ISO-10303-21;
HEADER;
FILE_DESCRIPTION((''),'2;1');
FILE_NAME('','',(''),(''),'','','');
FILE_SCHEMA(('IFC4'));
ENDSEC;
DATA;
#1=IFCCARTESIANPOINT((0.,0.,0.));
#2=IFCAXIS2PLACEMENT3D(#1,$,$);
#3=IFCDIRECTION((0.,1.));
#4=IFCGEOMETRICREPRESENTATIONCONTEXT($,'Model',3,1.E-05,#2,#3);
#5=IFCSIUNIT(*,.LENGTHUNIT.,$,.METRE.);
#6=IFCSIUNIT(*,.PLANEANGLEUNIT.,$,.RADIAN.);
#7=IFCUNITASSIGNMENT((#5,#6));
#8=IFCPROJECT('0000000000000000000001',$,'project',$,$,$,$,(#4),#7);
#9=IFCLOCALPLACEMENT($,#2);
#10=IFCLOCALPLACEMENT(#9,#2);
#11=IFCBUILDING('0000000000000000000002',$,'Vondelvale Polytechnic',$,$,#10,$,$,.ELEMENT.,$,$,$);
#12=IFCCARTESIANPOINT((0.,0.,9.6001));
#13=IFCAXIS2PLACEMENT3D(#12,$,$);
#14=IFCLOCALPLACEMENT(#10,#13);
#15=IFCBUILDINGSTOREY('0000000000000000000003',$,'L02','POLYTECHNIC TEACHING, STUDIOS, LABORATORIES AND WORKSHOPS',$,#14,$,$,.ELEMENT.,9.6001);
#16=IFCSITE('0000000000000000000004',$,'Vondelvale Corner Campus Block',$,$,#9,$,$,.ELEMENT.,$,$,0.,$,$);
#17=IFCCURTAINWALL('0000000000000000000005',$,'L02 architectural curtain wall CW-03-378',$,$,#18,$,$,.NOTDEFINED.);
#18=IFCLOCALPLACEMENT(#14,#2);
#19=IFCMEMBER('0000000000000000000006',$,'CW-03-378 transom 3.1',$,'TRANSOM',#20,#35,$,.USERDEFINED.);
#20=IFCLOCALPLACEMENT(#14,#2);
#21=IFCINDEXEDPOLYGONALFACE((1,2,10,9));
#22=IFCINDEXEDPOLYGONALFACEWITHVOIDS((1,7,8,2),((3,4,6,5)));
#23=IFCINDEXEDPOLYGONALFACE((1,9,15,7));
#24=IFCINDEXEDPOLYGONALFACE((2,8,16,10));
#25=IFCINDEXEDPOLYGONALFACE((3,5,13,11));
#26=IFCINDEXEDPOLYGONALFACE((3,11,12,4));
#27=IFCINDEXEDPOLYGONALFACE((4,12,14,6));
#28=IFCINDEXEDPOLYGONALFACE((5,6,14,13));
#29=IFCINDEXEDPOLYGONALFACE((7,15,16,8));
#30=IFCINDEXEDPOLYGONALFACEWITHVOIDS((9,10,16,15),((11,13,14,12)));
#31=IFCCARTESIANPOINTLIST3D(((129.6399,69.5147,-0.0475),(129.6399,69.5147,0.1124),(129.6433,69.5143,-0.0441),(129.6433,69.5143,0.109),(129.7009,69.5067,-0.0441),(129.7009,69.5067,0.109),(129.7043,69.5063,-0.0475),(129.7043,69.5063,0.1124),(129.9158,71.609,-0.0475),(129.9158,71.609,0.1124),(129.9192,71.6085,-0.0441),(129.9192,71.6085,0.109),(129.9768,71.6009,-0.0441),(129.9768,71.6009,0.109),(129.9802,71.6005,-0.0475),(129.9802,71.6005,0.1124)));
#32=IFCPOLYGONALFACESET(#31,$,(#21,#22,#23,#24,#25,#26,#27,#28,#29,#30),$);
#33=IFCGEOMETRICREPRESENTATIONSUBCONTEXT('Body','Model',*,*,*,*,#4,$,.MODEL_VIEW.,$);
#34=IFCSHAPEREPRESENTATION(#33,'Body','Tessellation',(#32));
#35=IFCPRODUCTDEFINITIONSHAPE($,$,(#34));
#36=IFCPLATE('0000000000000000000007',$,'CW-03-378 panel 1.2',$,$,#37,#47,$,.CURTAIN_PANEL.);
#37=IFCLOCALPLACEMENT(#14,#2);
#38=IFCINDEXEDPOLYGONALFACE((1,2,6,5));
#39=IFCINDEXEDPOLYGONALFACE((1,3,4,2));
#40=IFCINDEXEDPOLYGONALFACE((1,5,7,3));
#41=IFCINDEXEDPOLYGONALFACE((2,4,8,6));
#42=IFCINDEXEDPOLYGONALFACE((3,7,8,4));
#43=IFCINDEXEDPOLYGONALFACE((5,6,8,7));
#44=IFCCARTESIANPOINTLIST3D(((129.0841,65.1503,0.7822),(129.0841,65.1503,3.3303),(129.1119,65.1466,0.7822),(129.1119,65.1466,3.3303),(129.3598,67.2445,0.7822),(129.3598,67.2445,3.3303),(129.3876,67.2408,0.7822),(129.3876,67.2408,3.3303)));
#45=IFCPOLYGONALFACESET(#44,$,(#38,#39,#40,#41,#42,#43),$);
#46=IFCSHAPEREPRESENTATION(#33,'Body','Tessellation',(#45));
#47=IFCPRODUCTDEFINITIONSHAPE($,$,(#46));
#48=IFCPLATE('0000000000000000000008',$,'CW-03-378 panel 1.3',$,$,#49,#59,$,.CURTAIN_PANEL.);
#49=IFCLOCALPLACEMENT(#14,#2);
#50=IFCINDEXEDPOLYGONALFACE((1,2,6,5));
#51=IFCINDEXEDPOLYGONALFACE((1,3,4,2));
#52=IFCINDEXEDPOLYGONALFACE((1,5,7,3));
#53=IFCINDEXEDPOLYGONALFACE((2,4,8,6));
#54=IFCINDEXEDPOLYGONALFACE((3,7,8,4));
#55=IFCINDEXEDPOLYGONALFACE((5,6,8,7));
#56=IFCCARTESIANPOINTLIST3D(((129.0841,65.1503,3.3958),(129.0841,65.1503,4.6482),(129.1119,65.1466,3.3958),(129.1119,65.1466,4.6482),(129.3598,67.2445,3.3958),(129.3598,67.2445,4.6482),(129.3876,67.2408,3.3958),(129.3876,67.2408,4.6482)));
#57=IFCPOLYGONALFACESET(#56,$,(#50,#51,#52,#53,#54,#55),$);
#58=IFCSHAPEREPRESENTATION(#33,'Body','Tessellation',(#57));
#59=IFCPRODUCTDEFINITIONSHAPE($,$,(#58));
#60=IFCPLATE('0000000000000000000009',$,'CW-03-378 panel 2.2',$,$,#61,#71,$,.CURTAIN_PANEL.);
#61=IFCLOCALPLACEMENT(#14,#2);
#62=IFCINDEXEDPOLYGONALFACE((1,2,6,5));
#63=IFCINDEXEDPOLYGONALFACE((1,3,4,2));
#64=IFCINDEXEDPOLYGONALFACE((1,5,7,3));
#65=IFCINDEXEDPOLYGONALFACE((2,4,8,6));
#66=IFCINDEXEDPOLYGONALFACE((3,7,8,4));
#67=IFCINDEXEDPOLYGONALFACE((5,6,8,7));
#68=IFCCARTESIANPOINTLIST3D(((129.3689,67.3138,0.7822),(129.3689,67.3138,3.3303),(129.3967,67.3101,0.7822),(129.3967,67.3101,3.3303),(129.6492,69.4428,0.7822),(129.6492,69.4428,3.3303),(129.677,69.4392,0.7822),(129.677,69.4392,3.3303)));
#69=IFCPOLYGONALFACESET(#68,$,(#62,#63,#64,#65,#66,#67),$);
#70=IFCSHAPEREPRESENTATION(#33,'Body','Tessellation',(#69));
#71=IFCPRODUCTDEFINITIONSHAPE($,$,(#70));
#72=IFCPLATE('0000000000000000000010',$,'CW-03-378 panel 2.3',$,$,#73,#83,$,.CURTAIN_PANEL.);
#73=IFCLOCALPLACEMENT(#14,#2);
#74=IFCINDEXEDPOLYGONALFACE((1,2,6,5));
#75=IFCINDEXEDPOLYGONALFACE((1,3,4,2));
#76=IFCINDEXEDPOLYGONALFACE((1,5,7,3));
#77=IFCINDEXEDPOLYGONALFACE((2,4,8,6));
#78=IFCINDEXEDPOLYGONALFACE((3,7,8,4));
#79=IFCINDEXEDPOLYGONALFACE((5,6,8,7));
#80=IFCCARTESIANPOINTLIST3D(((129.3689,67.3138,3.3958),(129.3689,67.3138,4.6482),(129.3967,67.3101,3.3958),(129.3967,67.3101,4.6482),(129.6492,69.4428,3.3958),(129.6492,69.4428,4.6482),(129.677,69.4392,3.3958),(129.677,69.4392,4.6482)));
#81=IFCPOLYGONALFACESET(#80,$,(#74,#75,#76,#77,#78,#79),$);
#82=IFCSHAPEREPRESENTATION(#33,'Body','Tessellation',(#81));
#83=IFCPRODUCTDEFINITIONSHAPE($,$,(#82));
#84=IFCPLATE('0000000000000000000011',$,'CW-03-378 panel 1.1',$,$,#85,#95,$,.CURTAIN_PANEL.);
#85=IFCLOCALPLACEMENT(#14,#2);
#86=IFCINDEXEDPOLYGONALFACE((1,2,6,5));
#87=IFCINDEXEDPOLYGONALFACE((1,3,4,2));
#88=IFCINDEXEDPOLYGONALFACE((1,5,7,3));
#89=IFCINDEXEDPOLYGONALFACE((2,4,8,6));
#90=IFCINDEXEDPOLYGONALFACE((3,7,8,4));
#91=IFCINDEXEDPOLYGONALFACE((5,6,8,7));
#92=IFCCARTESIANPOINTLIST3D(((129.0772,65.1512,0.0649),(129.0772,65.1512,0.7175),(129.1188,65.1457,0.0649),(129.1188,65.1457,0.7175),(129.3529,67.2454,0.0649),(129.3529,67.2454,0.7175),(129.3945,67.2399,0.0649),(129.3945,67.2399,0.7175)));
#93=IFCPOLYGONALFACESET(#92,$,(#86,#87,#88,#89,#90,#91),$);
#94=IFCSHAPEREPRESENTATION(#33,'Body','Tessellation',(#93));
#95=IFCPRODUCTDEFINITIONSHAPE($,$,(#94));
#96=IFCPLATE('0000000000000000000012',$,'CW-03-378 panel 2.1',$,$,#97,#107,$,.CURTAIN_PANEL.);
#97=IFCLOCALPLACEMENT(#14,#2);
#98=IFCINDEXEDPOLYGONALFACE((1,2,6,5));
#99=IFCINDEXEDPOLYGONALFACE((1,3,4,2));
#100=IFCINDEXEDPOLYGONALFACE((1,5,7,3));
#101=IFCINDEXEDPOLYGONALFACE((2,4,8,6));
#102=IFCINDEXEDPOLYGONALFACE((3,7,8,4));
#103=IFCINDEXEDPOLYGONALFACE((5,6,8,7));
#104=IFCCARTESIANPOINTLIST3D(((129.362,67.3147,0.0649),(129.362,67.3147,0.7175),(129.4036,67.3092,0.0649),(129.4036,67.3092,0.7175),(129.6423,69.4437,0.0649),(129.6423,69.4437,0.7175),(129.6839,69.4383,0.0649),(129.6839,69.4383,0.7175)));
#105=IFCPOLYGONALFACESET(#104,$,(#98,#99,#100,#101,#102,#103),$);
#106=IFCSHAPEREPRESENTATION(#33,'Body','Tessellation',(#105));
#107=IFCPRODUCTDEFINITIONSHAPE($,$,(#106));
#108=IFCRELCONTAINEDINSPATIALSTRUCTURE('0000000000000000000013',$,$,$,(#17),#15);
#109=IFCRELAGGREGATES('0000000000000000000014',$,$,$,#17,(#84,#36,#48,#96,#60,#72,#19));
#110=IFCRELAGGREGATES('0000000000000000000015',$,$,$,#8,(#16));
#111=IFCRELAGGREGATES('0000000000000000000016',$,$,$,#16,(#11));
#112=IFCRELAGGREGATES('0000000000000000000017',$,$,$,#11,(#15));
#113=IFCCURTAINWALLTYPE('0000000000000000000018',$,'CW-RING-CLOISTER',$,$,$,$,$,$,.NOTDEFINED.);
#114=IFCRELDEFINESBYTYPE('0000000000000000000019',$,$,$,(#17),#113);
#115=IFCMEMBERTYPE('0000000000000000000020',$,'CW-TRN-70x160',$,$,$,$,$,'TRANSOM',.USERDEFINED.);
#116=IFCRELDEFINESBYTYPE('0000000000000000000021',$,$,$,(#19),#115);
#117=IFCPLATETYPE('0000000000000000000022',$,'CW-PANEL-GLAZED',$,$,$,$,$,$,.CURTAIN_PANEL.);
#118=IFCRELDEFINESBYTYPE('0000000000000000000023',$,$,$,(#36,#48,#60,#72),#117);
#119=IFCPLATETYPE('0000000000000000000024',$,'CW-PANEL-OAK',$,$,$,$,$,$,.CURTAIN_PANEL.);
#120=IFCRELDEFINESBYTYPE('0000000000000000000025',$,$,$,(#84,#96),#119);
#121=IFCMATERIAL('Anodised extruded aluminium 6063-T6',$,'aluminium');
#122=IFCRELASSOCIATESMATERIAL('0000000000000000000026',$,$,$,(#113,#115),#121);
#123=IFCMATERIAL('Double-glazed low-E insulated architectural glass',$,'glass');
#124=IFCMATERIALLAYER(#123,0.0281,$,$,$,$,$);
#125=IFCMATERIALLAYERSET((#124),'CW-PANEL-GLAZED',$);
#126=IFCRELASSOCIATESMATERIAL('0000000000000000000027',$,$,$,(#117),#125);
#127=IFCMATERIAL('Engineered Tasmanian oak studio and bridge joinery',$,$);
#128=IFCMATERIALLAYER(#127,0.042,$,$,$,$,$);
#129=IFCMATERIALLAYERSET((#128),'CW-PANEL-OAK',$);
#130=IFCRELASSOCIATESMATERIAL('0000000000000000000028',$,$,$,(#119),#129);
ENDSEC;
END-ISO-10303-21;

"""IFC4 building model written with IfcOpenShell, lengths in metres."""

from ifc_helpers import new_model, si_unit, direction, frame, origin, origin_2d, place, context, subcontext, project, spatial, rectangle, hollow_rectangle, extrude, material, layer, layer_set, material_profile, profile_set, type_object, element, aggregate, save


model = new_model("IFC4")

# Units and contexts
model_context = context("Model", 3, precision=1e-05, world=origin(), true_north=direction((0.0, 1.0)))
body_context = subcontext(model_context, "Body", "Model", "MODEL_VIEW")
ifc_project = project(units=[si_unit("LENGTHUNIT", "METRE"), si_unit("PLANEANGLEUNIT", "RADIAN")], contexts=[model_context])

# Site, building, storey
site_placement = place(None, origin())
site = spatial("IfcSite", under=ifc_project, at=site_placement, Name="Vondelvale Corner Campus Block", CompositionType="ELEMENT", RefElevation=0.0)
building_placement = place(site_placement, origin())
building = spatial("IfcBuilding", under=site, at=building_placement, Name="Vondelvale Polytechnic", CompositionType="ELEMENT")
storey_placement = place(building_placement, frame((0.0, 0.0, 9.6001)))
storey = spatial("IfcBuildingStorey", under=building, at=storey_placement, Name="L02", Description="POLYTECHNIC TEACHING, STUDIOS, LABORATORIES AND WORKSHOPS", CompositionType="ELEMENT", Elevation=9.6001)

# Curtain wall, member, plates
ifc_material_1 = material(Name="Anodised extruded aluminium 6063-T6", Category="aluminium")
curtain_wall_type = type_object("IfcCurtainWallType", Name="CW-RING-CLOISTER", PredefinedType="NOTDEFINED", material=ifc_material_1)
curtain_wall_placement = place(storey_placement, origin())
curtain_wall = element("IfcCurtainWall", 1, at=curtain_wall_placement, inside=storey, type_object=curtain_wall_type, Name="L02 architectural curtain wall CW-03-378", PredefinedType="NOTDEFINED")
ifc_material_profile_1 = material_profile(ifc_material_1, hollow_rectangle(XDim=0.0649, YDim=0.1599, WallThickness=0.0034, at=origin_2d()), Name="CW-TRN-160x65")
ifc_profile_set_1 = profile_set([ifc_material_profile_1], Name="Anodised extruded aluminium 6063-T6")
member_type_1 = type_object("IfcMemberType", Name="CW-TRN-70x160", ElementType="TRANSOM", PredefinedType="USERDEFINED", material=ifc_profile_set_1)
member_1_placement = place(storey_placement, frame((129.6721, 69.5105, 0.0325), z_axis=(0.130604, 0.991435, 0.0), x_axis=(-0.991435, 0.130604, 0.0)))
member_1 = element("IfcMember", 2, at=member_1_placement, type_object=member_type_1, Name="CW-03-378 transom 3.1", ObjectType="TRANSOM", PredefinedType="USERDEFINED", context=body_context, shape_type="SweptSolid", body=[
    extrude(hollow_rectangle(XDim=0.0649, YDim=0.1599, WallThickness=0.0034, at=origin_2d()), origin(), (0.0, 0.0, 1.0), 2.1123),
])
ifc_material_2 = material(Name="Double-glazed low-E insulated architectural glass", Category="glass")
ifc_layer_1 = layer(ifc_material_2, 0.0281)
ifc_layer_set_1 = layer_set([ifc_layer_1], Name="CW-PANEL-GLAZED")
plate_type_1 = type_object("IfcPlateType", Name="CW-PANEL-GLAZED", PredefinedType="CURTAIN_PANEL", material=ifc_layer_set_1)
plate_1_placement = place(storey_placement, frame((129.2358, 66.1956, 0.7822), z_axis=(0.0, 0.0, 1.0), x_axis=(0.130528, 0.991445, 0.0)))
plate_1 = element("IfcPlate", 3, at=plate_1_placement, type_object=plate_type_1, Name="CW-03-378 panel 1.2", PredefinedType="CURTAIN_PANEL", context=body_context, shape_type="SweptSolid", body=[
    extrude(rectangle(XDim=2.1123, YDim=0.0281, at=origin_2d()), origin(), (0.0, 0.0, 1.0), 2.5481),
])
plate_2_placement = place(storey_placement, frame((129.2358, 66.1956, 3.3958), z_axis=(0.0, 0.0, 1.0), x_axis=(0.130528, 0.991445, 0.0)))
plate_2 = element("IfcPlate", 4, at=plate_2_placement, type_object=plate_type_1, Name="CW-03-378 panel 1.3", PredefinedType="CURTAIN_PANEL", context=body_context, shape_type="SweptSolid", body=[
    extrude(rectangle(XDim=2.1123, YDim=0.0281, at=origin_2d()), origin(), (0.0, 0.0, 1.0), 1.2524),
])
plate_3_placement = place(storey_placement, frame((129.5229, 68.3765, 0.7822), z_axis=(0.0, 0.0, 1.0), x_axis=(0.130528, 0.991445, 0.0)))
plate_3 = element("IfcPlate", 5, at=plate_3_placement, type_object=plate_type_1, Name="CW-03-378 panel 2.2", PredefinedType="CURTAIN_PANEL", context=body_context, shape_type="SweptSolid", body=[
    extrude(rectangle(XDim=2.1475, YDim=0.0281, at=origin_2d()), origin(), (0.0, 0.0, 1.0), 2.5481),
])
plate_4_placement = place(storey_placement, frame((129.5229, 68.3765, 3.3958), z_axis=(0.0, 0.0, 1.0), x_axis=(0.130528, 0.991445, 0.0)))
plate_4 = element("IfcPlate", 6, at=plate_4_placement, type_object=plate_type_1, Name="CW-03-378 panel 2.3", PredefinedType="CURTAIN_PANEL", context=body_context, shape_type="SweptSolid", body=[
    extrude(rectangle(XDim=2.1475, YDim=0.0281, at=origin_2d()), origin(), (0.0, 0.0, 1.0), 1.2524),
])
ifc_material_3 = material(Name="Engineered Tasmanian oak studio and bridge joinery")
ifc_layer_2 = layer(ifc_material_3, 0.042)
ifc_layer_set_2 = layer_set([ifc_layer_2], Name="CW-PANEL-OAK")
plate_type_2 = type_object("IfcPlateType", Name="CW-PANEL-OAK", PredefinedType="CURTAIN_PANEL", material=ifc_layer_set_2)
plate_5_placement = place(storey_placement, frame((129.2358, 66.1956, 0.0649), z_axis=(0.0, 0.0, 1.0), x_axis=(0.130528, 0.991445, 0.0)))
plate_5 = element("IfcPlate", 7, at=plate_5_placement, type_object=plate_type_2, Name="CW-03-378 panel 1.1", PredefinedType="CURTAIN_PANEL", context=body_context, shape_type="SweptSolid", body=[
    extrude(rectangle(XDim=2.1123, YDim=0.042, at=origin_2d()), origin(), (0.0, 0.0, 1.0), 0.6526),
])
plate_6_placement = place(storey_placement, frame((129.5229, 68.3765, 0.0649), z_axis=(0.0, 0.0, 1.0), x_axis=(0.130528, 0.991445, 0.0)))
plate_6 = element("IfcPlate", 8, at=plate_6_placement, type_object=plate_type_2, Name="CW-03-378 panel 2.1", PredefinedType="CURTAIN_PANEL", context=body_context, shape_type="SweptSolid", body=[
    extrude(rectangle(XDim=2.1475, YDim=0.042, at=origin_2d()), origin(), (0.0, 0.0, 1.0), 0.6526),
])
aggregate(curtain_wall, [plate_5, plate_1, plate_2, plate_6, plate_3, plate_4, member_1])

save(model, "model.ifc")
